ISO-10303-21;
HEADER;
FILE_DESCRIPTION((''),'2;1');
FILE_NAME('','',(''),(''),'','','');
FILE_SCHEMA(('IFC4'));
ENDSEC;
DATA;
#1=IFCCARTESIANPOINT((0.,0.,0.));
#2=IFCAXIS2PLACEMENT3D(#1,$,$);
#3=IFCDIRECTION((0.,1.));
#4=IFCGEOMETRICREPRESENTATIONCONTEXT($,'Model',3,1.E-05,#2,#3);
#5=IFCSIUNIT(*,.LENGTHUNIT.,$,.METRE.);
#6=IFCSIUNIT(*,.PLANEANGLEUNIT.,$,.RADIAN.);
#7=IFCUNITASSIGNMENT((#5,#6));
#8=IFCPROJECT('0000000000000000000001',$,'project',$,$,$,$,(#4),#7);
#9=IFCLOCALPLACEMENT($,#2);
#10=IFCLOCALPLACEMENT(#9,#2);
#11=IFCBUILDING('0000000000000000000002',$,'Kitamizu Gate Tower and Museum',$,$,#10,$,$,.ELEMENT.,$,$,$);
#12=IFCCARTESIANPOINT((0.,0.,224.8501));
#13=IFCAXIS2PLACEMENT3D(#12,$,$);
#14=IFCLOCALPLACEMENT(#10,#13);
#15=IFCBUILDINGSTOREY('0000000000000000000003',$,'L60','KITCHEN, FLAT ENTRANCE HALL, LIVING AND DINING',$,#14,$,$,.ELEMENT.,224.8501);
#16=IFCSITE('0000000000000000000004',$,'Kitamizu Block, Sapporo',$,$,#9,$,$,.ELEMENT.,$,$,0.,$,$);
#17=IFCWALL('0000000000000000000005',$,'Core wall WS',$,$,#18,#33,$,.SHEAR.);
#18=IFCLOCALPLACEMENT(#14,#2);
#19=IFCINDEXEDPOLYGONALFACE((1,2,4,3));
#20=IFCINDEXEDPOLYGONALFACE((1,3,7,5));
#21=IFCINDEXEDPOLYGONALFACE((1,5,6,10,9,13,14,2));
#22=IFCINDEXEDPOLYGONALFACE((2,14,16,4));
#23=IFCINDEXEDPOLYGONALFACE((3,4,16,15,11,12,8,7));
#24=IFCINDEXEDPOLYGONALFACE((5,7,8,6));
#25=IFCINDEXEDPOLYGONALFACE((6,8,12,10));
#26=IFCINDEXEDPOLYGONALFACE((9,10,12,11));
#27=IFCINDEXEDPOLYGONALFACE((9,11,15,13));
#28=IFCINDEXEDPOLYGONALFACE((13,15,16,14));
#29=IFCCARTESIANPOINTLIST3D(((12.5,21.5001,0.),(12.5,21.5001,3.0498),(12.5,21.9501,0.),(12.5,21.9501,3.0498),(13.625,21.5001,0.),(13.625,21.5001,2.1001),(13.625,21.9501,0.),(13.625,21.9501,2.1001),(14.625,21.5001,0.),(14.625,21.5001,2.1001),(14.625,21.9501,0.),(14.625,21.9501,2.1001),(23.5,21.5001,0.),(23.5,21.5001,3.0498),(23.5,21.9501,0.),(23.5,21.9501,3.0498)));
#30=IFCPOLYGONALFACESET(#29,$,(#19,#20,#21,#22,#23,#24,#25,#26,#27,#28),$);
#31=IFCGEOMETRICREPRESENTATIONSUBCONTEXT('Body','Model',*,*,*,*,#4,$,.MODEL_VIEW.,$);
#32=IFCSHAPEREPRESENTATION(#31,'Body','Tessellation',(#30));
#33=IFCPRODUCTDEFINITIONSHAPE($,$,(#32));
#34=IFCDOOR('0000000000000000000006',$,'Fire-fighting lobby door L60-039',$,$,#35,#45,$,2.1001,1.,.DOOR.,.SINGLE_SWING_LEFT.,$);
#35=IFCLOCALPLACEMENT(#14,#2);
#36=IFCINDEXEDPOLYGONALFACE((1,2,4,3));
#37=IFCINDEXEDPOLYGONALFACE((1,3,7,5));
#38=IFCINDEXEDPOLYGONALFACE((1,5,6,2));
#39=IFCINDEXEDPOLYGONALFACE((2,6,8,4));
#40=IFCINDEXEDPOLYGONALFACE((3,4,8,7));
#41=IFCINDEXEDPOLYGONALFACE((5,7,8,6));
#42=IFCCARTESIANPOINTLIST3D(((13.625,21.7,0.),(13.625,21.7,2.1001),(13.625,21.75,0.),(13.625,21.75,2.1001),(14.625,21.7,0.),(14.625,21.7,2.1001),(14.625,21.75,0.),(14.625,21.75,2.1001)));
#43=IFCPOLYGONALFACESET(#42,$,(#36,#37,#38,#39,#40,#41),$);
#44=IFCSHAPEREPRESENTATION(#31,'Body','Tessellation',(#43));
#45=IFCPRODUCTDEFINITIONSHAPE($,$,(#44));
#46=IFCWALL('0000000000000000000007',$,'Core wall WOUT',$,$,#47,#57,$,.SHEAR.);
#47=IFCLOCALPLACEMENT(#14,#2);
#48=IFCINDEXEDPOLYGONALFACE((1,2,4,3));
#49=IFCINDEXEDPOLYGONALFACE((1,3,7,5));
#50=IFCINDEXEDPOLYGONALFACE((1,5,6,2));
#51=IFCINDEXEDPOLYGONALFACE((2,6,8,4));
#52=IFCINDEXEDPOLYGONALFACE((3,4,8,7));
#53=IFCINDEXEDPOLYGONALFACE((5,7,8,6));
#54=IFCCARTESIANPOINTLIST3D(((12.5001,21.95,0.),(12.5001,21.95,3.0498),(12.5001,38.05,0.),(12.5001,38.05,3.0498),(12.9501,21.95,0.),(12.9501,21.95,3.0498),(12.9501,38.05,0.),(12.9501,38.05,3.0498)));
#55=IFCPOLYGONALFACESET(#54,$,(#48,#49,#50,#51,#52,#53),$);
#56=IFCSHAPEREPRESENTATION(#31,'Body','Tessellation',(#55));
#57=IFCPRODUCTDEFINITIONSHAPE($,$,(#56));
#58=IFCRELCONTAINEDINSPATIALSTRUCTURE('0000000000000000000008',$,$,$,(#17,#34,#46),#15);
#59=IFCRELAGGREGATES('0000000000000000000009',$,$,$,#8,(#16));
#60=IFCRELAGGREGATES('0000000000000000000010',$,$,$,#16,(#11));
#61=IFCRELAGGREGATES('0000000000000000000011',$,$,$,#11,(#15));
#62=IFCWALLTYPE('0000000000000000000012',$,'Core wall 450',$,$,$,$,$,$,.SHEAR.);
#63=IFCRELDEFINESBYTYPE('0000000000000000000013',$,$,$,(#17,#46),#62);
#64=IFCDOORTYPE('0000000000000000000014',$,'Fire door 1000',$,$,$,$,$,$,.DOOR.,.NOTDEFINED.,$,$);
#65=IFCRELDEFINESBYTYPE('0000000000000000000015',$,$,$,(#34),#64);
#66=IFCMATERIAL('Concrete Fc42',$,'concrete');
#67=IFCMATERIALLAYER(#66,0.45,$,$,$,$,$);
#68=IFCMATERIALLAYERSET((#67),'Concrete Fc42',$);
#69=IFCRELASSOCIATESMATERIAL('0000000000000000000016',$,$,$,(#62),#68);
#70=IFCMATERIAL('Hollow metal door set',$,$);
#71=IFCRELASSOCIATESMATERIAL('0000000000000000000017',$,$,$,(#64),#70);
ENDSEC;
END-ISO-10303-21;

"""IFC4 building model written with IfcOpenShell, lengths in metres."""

from ifc_helpers import new_model, si_unit, direction, frame, frame_2d, origin, place, context, subcontext, project, spatial, rectangle, extrude, material, layer, layer_set, type_object, element, fill, save


model = new_model("IFC4")

# Units and contexts
model_context = context("Model", 3, precision=1e-05, world=origin(), true_north=direction((0.0, 1.0)))
body_context = subcontext(model_context, "Body", "Model", "MODEL_VIEW")
ifc_project = project(units=[si_unit("LENGTHUNIT", "METRE"), si_unit("PLANEANGLEUNIT", "RADIAN")], contexts=[model_context])

# Site, building, storey
site_placement = place(None, origin())
site = spatial("IfcSite", under=ifc_project, at=site_placement, Name="Kitamizu Block, Sapporo", CompositionType="ELEMENT", RefElevation=0.0)
building_placement = place(site_placement, origin())
building = spatial("IfcBuilding", under=site, at=building_placement, Name="Kitamizu Gate Tower and Museum", CompositionType="ELEMENT")
storey_placement = place(building_placement, frame((0.0, 0.0, 224.8501)))
storey = spatial("IfcBuildingStorey", under=building, at=storey_placement, Name="L60", Description="KITCHEN, FLAT ENTRANCE HALL, LIVING AND DINING", CompositionType="ELEMENT", Elevation=224.8501)

# Wall, opening, door
ifc_material_1 = material(Name="Concrete Fc42", Category="concrete")
ifc_layer_1 = layer(ifc_material_1, 0.45)
ifc_layer_set_1 = layer_set([ifc_layer_1], Name="Concrete Fc42")
wall_type_1 = type_object("IfcWallType", Name="Core wall 450", PredefinedType="SHEAR", material=ifc_layer_set_1)
wall_1_placement = place(storey_placement, frame((12.5, 21.7251, 0.0), z_axis=(0.0, 0.0, 1.0), x_axis=(1.0, 0.0, 0.0)))
wall_1 = element("IfcWall", 1, at=wall_1_placement, inside=storey, type_object=wall_type_1, Name="Core wall WS", PredefinedType="SHEAR", context=body_context, shape_type="SweptSolid", body=[
    extrude(rectangle(XDim=11.0, YDim=0.45, at=frame_2d((5.5, 0.0))), origin(), (0.0, 0.0, 1.0), 3.0498),
])
opening_1_placement = place(wall_1_placement, frame((1.125, 0.0, 0.0)))
opening_1 = element("IfcOpeningElement", 2, at=opening_1_placement, cuts=wall_1, PredefinedType="OPENING", context=body_context, shape_type="SweptSolid", body=[
    extrude(rectangle(XDim=1.0, YDim=2.1001, at=frame_2d((0.5, 1.05))), frame((0.0, 0.2349, 0.0), z_axis=(0.0, -1.0, 0.0), x_axis=(1.0, 0.0, 0.0)), (0.0, 0.0, 1.0), 0.47),
])
ifc_material_2 = material(Name="Hollow metal door set")
door_type_1 = type_object("IfcDoorType", Name="Fire door 1000", OperationType="NOTDEFINED", PredefinedType="DOOR", material=ifc_material_2)
door_1_placement = place(opening_1_placement, origin())
door_1 = element("IfcDoor", 3, at=door_1_placement, inside=storey, type_object=door_type_1, Name="Fire-fighting lobby door L60-039", OperationType="SINGLE_SWING_LEFT", OverallHeight=2.1001, OverallWidth=1.0, PredefinedType="DOOR", context=body_context, shape_type="SweptSolid", body=[
    extrude(rectangle(XDim=1.0, YDim=2.1001, at=frame_2d((0.5, 1.05))), frame((0.0, 0.0249, 0.0), z_axis=(0.0, -1.0, 0.0), x_axis=(1.0, 0.0, 0.0)), (0.0, 0.0, 1.0), 0.05),
])
fill(opening_1, door_1)

# Wall
wall_2_placement = place(storey_placement, frame((12.7251, 21.95, 0.0), z_axis=(0.0, 0.0, 1.0), x_axis=(0.0, 1.0, 0.0)))
element("IfcWall", 4, at=wall_2_placement, inside=storey, type_object=wall_type_1, Name="Core wall WOUT", PredefinedType="SHEAR", context=body_context, shape_type="SweptSolid", body=[
    extrude(rectangle(XDim=16.1001, YDim=0.45, at=frame_2d((8.05, 0.0))), origin(), (0.0, 0.0, 1.0), 3.0498),
])

save(model, "model.ifc")
